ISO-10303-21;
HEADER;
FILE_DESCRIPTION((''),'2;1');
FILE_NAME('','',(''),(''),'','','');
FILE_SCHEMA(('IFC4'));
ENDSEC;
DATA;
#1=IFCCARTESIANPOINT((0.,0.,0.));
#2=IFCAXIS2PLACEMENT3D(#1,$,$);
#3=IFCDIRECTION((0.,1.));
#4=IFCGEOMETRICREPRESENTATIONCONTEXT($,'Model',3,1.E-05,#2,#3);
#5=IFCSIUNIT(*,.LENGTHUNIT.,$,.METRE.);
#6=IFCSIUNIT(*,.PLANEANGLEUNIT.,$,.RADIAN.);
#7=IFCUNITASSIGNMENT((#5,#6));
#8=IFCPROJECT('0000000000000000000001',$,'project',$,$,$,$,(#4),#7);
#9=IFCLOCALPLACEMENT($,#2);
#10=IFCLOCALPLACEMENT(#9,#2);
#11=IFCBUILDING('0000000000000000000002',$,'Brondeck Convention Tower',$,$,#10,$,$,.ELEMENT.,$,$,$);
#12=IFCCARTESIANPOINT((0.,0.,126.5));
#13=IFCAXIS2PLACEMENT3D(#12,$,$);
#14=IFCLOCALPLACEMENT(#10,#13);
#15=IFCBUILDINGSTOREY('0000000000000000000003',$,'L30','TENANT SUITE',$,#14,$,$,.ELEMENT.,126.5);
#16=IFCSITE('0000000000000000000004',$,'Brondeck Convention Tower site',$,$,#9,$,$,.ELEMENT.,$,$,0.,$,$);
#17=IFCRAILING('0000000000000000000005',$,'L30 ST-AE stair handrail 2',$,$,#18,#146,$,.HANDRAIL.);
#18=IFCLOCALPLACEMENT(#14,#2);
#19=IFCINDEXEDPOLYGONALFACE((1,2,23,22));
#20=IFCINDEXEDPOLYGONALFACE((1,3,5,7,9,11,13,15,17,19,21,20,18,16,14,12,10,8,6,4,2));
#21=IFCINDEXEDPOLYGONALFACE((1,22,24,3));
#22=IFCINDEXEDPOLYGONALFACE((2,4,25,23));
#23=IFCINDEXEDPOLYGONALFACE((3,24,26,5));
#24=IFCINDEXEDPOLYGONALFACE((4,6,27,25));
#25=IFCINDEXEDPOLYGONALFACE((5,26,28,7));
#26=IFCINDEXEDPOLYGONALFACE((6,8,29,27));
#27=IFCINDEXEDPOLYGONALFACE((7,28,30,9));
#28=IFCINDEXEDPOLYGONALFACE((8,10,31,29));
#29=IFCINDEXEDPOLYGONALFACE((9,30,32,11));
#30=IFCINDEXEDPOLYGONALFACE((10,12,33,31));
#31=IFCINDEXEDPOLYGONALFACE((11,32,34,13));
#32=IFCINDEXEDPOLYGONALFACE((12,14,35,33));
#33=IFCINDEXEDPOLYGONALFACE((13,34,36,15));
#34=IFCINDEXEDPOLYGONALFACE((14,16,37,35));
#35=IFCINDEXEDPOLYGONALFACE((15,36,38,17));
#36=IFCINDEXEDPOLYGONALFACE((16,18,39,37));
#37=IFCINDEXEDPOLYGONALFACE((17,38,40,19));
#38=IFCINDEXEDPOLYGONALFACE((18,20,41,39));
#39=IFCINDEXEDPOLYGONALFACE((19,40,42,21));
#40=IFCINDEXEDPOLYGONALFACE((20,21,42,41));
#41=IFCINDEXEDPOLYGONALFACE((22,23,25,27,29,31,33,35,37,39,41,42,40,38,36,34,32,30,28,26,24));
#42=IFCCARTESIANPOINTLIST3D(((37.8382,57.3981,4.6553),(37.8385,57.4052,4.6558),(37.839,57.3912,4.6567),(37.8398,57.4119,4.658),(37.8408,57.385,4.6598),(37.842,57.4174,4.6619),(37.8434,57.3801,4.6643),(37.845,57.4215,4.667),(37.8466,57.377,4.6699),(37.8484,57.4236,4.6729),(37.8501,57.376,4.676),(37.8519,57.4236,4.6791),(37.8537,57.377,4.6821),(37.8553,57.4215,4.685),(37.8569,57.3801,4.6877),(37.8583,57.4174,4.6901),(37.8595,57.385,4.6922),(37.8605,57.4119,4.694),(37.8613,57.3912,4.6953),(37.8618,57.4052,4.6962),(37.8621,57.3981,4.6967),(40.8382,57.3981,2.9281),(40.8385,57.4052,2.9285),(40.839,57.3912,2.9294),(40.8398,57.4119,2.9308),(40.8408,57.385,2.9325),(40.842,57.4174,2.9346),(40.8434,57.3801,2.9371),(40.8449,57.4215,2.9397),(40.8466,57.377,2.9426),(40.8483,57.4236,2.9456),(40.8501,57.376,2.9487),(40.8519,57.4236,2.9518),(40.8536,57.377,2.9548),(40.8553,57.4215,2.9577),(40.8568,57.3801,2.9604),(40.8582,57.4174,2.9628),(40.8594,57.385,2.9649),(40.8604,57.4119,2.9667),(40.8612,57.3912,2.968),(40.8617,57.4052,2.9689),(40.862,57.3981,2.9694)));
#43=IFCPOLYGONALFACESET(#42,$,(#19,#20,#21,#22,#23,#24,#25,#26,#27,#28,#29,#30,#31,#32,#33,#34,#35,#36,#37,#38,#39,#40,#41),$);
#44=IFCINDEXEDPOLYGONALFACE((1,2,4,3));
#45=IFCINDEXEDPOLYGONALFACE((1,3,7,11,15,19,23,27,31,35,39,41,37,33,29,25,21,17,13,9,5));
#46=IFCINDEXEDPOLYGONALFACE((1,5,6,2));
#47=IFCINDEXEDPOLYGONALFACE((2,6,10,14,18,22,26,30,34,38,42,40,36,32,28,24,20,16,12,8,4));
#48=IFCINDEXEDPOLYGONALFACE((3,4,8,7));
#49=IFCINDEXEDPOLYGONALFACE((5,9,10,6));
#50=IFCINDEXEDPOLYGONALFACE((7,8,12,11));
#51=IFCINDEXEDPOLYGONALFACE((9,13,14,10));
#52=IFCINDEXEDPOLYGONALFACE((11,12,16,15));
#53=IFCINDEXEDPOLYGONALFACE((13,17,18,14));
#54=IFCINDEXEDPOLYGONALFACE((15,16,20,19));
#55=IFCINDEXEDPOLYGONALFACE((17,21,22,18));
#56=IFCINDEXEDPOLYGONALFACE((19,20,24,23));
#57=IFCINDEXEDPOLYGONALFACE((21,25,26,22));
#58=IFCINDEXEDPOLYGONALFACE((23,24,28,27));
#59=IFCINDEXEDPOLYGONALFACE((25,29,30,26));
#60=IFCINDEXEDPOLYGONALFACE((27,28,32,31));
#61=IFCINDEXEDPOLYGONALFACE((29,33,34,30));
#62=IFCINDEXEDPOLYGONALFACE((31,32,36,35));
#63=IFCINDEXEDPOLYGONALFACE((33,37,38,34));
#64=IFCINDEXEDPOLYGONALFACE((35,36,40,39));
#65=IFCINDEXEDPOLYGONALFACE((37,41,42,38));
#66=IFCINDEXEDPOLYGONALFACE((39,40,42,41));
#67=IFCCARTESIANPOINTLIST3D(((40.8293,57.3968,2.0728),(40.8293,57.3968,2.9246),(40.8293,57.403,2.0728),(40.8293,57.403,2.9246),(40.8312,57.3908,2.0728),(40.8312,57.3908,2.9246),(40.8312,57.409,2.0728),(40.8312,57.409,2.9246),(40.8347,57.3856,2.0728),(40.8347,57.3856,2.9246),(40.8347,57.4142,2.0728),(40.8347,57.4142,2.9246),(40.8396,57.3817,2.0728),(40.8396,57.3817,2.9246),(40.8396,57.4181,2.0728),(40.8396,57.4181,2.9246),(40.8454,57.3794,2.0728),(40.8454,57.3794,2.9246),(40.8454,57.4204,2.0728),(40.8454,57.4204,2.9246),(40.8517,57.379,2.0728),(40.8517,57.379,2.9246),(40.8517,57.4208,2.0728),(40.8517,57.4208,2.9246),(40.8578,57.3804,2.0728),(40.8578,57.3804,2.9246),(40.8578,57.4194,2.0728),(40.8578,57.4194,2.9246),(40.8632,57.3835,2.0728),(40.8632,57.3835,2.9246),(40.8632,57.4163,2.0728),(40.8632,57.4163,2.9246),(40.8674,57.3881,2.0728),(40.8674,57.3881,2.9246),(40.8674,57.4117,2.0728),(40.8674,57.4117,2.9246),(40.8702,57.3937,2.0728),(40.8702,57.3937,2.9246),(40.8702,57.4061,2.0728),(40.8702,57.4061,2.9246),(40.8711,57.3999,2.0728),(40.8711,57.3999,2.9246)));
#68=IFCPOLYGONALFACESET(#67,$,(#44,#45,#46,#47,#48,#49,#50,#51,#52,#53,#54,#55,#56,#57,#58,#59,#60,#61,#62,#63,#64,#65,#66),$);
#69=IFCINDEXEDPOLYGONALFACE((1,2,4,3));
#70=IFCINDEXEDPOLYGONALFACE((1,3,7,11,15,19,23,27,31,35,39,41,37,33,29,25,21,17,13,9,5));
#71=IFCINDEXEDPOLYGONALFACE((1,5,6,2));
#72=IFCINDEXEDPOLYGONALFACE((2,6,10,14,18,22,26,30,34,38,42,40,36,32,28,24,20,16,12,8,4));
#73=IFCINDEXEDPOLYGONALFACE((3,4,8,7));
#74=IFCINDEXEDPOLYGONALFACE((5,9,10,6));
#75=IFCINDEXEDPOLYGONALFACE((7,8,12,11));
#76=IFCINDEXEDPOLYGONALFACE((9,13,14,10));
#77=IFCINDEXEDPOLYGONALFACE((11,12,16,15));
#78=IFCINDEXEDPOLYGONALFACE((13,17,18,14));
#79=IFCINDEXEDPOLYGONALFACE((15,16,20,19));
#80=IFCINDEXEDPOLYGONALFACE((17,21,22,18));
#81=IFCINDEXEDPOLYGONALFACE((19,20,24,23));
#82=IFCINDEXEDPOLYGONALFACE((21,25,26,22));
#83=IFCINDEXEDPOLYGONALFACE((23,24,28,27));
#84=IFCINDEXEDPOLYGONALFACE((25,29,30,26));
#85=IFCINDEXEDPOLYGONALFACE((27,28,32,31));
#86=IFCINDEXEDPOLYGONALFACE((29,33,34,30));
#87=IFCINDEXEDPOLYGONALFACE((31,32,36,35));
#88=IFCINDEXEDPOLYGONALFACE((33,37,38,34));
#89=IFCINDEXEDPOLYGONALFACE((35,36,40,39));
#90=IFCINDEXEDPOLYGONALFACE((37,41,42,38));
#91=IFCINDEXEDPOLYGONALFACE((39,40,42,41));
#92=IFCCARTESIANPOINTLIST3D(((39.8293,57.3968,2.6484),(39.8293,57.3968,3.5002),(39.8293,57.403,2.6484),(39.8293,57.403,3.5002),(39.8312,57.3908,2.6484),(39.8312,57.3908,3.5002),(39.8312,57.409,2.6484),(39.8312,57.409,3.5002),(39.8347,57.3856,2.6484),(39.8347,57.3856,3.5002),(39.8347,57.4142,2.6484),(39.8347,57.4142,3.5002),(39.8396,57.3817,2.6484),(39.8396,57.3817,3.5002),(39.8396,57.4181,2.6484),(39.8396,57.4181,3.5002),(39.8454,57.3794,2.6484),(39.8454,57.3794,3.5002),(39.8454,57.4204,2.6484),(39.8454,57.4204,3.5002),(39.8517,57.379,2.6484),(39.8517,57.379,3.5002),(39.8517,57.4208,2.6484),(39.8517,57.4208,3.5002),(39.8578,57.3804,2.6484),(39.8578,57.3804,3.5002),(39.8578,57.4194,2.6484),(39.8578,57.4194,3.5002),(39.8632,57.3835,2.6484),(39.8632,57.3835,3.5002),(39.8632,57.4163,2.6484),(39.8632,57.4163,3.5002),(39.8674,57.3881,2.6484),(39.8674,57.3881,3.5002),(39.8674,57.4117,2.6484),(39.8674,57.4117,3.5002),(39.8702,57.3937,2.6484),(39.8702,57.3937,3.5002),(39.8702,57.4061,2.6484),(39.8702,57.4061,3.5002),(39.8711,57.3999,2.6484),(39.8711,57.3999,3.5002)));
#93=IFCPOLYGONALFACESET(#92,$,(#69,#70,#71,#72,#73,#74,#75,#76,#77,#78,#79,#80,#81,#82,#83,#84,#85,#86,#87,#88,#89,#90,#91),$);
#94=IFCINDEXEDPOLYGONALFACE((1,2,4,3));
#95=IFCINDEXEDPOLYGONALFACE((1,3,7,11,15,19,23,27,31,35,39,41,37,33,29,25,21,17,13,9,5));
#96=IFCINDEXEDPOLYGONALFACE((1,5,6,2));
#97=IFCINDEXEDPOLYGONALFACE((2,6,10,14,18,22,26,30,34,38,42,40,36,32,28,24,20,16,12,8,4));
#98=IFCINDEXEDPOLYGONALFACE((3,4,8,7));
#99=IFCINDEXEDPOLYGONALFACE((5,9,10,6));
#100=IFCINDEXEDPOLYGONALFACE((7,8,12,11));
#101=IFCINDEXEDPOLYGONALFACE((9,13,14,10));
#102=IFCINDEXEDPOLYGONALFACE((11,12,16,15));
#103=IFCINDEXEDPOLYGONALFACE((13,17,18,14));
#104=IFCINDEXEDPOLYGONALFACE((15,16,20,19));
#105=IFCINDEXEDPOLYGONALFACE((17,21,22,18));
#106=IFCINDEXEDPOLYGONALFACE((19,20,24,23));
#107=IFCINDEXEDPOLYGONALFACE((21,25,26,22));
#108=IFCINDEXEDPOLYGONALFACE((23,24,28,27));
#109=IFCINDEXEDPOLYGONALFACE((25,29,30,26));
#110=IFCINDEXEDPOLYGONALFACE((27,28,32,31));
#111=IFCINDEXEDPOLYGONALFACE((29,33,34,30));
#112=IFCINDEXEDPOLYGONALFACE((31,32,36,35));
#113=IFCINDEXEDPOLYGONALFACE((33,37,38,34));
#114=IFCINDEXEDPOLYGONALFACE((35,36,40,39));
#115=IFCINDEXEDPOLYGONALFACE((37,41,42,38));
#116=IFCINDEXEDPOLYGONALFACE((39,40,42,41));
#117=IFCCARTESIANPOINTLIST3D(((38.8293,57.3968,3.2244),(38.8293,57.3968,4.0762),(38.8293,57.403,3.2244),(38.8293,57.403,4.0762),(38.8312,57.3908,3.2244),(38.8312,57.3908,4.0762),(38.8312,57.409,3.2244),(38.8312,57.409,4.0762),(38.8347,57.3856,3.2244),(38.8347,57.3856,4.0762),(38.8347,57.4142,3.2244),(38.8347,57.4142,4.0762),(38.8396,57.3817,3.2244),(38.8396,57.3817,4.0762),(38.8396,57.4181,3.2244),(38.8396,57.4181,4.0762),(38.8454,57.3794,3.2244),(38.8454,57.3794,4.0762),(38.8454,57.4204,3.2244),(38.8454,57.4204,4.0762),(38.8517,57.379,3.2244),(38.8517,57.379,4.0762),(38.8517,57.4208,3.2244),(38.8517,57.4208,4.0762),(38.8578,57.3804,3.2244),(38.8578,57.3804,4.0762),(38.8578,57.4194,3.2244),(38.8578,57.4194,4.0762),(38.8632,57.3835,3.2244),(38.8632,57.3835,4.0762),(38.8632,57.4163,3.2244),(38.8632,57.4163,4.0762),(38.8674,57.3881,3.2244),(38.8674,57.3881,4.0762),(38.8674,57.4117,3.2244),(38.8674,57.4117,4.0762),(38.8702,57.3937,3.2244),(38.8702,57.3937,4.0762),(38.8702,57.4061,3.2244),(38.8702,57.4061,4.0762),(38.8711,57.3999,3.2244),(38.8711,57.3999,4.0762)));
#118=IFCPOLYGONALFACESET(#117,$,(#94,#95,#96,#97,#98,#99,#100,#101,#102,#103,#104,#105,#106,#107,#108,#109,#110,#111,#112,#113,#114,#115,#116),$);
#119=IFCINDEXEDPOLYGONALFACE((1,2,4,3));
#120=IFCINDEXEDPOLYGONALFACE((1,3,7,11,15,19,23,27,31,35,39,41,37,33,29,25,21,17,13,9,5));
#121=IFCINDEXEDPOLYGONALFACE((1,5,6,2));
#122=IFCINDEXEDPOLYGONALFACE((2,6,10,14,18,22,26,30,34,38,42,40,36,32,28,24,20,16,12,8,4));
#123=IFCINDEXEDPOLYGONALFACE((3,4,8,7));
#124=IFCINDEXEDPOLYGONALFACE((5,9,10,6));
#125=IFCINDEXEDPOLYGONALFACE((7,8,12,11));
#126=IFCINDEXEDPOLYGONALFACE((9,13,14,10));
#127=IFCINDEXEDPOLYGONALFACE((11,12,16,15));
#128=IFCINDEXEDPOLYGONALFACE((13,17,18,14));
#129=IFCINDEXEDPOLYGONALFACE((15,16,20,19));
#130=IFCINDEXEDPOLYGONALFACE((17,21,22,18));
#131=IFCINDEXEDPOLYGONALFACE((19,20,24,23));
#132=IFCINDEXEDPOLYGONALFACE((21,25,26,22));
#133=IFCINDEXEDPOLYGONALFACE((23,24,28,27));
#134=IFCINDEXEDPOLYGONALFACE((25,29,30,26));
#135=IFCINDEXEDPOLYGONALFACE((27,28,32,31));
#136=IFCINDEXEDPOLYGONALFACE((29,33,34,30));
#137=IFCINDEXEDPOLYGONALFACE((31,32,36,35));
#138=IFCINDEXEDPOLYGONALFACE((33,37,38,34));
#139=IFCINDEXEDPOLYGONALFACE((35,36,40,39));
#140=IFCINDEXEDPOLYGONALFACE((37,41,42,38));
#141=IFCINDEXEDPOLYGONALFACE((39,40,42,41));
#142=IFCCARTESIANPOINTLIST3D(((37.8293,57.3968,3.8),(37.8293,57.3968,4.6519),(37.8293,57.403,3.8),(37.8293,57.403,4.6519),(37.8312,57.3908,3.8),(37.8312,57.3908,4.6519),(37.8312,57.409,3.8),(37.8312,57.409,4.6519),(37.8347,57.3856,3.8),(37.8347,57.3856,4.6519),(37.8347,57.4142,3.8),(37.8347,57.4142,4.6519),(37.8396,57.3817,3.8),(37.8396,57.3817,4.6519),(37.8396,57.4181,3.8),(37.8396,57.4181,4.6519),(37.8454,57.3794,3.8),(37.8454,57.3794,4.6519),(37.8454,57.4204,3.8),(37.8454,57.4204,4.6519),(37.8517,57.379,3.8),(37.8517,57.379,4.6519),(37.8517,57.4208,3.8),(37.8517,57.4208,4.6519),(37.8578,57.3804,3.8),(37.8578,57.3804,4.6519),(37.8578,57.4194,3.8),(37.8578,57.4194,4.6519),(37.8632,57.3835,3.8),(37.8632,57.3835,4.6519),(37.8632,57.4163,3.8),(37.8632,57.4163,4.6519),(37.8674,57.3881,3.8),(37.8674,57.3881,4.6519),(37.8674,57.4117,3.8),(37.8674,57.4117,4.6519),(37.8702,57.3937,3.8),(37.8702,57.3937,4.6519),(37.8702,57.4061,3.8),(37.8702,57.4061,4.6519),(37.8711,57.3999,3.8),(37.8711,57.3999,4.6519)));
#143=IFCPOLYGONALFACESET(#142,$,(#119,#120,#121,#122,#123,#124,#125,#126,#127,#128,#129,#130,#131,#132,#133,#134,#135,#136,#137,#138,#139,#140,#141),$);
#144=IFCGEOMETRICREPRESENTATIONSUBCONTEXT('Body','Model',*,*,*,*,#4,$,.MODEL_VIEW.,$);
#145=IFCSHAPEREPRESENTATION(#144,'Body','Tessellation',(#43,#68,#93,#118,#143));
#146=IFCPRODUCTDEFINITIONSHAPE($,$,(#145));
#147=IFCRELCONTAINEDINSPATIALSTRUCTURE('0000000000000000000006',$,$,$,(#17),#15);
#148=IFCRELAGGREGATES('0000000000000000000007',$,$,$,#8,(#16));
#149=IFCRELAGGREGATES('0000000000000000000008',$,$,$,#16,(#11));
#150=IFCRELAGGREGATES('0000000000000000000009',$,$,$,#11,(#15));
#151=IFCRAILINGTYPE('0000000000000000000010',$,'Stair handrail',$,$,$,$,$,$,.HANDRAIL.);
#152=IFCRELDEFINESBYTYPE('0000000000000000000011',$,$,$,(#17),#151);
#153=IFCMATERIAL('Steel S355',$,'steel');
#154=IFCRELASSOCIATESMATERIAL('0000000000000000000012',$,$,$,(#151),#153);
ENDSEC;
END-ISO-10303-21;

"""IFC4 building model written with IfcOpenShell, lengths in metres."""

from ifc_helpers import new_model, si_unit, direction, frame, origin, origin_2d, place, context, subcontext, project, spatial, circle, extrude, material, type_object, element, save


model = new_model("IFC4")

# Units and contexts
model_context = context("Model", 3, precision=1e-05, world=origin(), true_north=direction((0.0, 1.0)))
body_context = subcontext(model_context, "Body", "Model", "MODEL_VIEW")
ifc_project = project(units=[si_unit("LENGTHUNIT", "METRE"), si_unit("PLANEANGLEUNIT", "RADIAN")], contexts=[model_context])

# Site, building, storey
site_placement = place(None, origin())
site = spatial("IfcSite", under=ifc_project, at=site_placement, Name="Brondeck Convention Tower site", CompositionType="ELEMENT", RefElevation=0.0)
building_placement = place(site_placement, origin())
building = spatial("IfcBuilding", under=site, at=building_placement, Name="Brondeck Convention Tower", CompositionType="ELEMENT")
storey_placement = place(building_placement, frame((0.0, 0.0, 126.5)))
storey = spatial("IfcBuildingStorey", under=building, at=storey_placement, Name="L30", Description="TENANT SUITE", CompositionType="ELEMENT", Elevation=126.5)

# Shared definitions
ifc_material_1 = material(Name="Steel S355", Category="steel")

# Railing
railing_type_1 = type_object("IfcRailingType", Name="Stair handrail", PredefinedType="HANDRAIL", material=ifc_material_1)
railing_1_placement = place(storey_placement, frame((40.8501, 57.3999, 2.0728)))
element("IfcRailing", 1, at=railing_1_placement, inside=storey, type_object=railing_type_1, Name="L30 ST-AE stair handrail 2", PredefinedType="HANDRAIL", context=body_context, shape_type="SweptSolid", body=[
    extrude(circle(Radius=0.0239, at=origin_2d()), frame((0.0, 0.0, 0.876), z_axis=(-0.86662, 0.0, 0.498969), x_axis=(0.0, -1.0, 0.0)), (0.0, 0.0, 1.0), 3.4617),
    extrude(circle(Radius=0.021, at=origin_2d()), origin(), (0.0, 0.0, 1.0), 0.8518),
    extrude(circle(Radius=0.021, at=origin_2d()), frame((-1.0, 0.0, 0.5757)), (0.0, 0.0, 1.0), 0.8518),
    extrude(circle(Radius=0.021, at=origin_2d()), frame((-2.0, 0.0, 1.1516)), (0.0, 0.0, 1.0), 0.8518),
    extrude(circle(Radius=0.021, at=origin_2d()), frame((-3.0, 0.0, 1.7273)), (0.0, 0.0, 1.0), 0.8518),
])

save(model, "model.ifc")
